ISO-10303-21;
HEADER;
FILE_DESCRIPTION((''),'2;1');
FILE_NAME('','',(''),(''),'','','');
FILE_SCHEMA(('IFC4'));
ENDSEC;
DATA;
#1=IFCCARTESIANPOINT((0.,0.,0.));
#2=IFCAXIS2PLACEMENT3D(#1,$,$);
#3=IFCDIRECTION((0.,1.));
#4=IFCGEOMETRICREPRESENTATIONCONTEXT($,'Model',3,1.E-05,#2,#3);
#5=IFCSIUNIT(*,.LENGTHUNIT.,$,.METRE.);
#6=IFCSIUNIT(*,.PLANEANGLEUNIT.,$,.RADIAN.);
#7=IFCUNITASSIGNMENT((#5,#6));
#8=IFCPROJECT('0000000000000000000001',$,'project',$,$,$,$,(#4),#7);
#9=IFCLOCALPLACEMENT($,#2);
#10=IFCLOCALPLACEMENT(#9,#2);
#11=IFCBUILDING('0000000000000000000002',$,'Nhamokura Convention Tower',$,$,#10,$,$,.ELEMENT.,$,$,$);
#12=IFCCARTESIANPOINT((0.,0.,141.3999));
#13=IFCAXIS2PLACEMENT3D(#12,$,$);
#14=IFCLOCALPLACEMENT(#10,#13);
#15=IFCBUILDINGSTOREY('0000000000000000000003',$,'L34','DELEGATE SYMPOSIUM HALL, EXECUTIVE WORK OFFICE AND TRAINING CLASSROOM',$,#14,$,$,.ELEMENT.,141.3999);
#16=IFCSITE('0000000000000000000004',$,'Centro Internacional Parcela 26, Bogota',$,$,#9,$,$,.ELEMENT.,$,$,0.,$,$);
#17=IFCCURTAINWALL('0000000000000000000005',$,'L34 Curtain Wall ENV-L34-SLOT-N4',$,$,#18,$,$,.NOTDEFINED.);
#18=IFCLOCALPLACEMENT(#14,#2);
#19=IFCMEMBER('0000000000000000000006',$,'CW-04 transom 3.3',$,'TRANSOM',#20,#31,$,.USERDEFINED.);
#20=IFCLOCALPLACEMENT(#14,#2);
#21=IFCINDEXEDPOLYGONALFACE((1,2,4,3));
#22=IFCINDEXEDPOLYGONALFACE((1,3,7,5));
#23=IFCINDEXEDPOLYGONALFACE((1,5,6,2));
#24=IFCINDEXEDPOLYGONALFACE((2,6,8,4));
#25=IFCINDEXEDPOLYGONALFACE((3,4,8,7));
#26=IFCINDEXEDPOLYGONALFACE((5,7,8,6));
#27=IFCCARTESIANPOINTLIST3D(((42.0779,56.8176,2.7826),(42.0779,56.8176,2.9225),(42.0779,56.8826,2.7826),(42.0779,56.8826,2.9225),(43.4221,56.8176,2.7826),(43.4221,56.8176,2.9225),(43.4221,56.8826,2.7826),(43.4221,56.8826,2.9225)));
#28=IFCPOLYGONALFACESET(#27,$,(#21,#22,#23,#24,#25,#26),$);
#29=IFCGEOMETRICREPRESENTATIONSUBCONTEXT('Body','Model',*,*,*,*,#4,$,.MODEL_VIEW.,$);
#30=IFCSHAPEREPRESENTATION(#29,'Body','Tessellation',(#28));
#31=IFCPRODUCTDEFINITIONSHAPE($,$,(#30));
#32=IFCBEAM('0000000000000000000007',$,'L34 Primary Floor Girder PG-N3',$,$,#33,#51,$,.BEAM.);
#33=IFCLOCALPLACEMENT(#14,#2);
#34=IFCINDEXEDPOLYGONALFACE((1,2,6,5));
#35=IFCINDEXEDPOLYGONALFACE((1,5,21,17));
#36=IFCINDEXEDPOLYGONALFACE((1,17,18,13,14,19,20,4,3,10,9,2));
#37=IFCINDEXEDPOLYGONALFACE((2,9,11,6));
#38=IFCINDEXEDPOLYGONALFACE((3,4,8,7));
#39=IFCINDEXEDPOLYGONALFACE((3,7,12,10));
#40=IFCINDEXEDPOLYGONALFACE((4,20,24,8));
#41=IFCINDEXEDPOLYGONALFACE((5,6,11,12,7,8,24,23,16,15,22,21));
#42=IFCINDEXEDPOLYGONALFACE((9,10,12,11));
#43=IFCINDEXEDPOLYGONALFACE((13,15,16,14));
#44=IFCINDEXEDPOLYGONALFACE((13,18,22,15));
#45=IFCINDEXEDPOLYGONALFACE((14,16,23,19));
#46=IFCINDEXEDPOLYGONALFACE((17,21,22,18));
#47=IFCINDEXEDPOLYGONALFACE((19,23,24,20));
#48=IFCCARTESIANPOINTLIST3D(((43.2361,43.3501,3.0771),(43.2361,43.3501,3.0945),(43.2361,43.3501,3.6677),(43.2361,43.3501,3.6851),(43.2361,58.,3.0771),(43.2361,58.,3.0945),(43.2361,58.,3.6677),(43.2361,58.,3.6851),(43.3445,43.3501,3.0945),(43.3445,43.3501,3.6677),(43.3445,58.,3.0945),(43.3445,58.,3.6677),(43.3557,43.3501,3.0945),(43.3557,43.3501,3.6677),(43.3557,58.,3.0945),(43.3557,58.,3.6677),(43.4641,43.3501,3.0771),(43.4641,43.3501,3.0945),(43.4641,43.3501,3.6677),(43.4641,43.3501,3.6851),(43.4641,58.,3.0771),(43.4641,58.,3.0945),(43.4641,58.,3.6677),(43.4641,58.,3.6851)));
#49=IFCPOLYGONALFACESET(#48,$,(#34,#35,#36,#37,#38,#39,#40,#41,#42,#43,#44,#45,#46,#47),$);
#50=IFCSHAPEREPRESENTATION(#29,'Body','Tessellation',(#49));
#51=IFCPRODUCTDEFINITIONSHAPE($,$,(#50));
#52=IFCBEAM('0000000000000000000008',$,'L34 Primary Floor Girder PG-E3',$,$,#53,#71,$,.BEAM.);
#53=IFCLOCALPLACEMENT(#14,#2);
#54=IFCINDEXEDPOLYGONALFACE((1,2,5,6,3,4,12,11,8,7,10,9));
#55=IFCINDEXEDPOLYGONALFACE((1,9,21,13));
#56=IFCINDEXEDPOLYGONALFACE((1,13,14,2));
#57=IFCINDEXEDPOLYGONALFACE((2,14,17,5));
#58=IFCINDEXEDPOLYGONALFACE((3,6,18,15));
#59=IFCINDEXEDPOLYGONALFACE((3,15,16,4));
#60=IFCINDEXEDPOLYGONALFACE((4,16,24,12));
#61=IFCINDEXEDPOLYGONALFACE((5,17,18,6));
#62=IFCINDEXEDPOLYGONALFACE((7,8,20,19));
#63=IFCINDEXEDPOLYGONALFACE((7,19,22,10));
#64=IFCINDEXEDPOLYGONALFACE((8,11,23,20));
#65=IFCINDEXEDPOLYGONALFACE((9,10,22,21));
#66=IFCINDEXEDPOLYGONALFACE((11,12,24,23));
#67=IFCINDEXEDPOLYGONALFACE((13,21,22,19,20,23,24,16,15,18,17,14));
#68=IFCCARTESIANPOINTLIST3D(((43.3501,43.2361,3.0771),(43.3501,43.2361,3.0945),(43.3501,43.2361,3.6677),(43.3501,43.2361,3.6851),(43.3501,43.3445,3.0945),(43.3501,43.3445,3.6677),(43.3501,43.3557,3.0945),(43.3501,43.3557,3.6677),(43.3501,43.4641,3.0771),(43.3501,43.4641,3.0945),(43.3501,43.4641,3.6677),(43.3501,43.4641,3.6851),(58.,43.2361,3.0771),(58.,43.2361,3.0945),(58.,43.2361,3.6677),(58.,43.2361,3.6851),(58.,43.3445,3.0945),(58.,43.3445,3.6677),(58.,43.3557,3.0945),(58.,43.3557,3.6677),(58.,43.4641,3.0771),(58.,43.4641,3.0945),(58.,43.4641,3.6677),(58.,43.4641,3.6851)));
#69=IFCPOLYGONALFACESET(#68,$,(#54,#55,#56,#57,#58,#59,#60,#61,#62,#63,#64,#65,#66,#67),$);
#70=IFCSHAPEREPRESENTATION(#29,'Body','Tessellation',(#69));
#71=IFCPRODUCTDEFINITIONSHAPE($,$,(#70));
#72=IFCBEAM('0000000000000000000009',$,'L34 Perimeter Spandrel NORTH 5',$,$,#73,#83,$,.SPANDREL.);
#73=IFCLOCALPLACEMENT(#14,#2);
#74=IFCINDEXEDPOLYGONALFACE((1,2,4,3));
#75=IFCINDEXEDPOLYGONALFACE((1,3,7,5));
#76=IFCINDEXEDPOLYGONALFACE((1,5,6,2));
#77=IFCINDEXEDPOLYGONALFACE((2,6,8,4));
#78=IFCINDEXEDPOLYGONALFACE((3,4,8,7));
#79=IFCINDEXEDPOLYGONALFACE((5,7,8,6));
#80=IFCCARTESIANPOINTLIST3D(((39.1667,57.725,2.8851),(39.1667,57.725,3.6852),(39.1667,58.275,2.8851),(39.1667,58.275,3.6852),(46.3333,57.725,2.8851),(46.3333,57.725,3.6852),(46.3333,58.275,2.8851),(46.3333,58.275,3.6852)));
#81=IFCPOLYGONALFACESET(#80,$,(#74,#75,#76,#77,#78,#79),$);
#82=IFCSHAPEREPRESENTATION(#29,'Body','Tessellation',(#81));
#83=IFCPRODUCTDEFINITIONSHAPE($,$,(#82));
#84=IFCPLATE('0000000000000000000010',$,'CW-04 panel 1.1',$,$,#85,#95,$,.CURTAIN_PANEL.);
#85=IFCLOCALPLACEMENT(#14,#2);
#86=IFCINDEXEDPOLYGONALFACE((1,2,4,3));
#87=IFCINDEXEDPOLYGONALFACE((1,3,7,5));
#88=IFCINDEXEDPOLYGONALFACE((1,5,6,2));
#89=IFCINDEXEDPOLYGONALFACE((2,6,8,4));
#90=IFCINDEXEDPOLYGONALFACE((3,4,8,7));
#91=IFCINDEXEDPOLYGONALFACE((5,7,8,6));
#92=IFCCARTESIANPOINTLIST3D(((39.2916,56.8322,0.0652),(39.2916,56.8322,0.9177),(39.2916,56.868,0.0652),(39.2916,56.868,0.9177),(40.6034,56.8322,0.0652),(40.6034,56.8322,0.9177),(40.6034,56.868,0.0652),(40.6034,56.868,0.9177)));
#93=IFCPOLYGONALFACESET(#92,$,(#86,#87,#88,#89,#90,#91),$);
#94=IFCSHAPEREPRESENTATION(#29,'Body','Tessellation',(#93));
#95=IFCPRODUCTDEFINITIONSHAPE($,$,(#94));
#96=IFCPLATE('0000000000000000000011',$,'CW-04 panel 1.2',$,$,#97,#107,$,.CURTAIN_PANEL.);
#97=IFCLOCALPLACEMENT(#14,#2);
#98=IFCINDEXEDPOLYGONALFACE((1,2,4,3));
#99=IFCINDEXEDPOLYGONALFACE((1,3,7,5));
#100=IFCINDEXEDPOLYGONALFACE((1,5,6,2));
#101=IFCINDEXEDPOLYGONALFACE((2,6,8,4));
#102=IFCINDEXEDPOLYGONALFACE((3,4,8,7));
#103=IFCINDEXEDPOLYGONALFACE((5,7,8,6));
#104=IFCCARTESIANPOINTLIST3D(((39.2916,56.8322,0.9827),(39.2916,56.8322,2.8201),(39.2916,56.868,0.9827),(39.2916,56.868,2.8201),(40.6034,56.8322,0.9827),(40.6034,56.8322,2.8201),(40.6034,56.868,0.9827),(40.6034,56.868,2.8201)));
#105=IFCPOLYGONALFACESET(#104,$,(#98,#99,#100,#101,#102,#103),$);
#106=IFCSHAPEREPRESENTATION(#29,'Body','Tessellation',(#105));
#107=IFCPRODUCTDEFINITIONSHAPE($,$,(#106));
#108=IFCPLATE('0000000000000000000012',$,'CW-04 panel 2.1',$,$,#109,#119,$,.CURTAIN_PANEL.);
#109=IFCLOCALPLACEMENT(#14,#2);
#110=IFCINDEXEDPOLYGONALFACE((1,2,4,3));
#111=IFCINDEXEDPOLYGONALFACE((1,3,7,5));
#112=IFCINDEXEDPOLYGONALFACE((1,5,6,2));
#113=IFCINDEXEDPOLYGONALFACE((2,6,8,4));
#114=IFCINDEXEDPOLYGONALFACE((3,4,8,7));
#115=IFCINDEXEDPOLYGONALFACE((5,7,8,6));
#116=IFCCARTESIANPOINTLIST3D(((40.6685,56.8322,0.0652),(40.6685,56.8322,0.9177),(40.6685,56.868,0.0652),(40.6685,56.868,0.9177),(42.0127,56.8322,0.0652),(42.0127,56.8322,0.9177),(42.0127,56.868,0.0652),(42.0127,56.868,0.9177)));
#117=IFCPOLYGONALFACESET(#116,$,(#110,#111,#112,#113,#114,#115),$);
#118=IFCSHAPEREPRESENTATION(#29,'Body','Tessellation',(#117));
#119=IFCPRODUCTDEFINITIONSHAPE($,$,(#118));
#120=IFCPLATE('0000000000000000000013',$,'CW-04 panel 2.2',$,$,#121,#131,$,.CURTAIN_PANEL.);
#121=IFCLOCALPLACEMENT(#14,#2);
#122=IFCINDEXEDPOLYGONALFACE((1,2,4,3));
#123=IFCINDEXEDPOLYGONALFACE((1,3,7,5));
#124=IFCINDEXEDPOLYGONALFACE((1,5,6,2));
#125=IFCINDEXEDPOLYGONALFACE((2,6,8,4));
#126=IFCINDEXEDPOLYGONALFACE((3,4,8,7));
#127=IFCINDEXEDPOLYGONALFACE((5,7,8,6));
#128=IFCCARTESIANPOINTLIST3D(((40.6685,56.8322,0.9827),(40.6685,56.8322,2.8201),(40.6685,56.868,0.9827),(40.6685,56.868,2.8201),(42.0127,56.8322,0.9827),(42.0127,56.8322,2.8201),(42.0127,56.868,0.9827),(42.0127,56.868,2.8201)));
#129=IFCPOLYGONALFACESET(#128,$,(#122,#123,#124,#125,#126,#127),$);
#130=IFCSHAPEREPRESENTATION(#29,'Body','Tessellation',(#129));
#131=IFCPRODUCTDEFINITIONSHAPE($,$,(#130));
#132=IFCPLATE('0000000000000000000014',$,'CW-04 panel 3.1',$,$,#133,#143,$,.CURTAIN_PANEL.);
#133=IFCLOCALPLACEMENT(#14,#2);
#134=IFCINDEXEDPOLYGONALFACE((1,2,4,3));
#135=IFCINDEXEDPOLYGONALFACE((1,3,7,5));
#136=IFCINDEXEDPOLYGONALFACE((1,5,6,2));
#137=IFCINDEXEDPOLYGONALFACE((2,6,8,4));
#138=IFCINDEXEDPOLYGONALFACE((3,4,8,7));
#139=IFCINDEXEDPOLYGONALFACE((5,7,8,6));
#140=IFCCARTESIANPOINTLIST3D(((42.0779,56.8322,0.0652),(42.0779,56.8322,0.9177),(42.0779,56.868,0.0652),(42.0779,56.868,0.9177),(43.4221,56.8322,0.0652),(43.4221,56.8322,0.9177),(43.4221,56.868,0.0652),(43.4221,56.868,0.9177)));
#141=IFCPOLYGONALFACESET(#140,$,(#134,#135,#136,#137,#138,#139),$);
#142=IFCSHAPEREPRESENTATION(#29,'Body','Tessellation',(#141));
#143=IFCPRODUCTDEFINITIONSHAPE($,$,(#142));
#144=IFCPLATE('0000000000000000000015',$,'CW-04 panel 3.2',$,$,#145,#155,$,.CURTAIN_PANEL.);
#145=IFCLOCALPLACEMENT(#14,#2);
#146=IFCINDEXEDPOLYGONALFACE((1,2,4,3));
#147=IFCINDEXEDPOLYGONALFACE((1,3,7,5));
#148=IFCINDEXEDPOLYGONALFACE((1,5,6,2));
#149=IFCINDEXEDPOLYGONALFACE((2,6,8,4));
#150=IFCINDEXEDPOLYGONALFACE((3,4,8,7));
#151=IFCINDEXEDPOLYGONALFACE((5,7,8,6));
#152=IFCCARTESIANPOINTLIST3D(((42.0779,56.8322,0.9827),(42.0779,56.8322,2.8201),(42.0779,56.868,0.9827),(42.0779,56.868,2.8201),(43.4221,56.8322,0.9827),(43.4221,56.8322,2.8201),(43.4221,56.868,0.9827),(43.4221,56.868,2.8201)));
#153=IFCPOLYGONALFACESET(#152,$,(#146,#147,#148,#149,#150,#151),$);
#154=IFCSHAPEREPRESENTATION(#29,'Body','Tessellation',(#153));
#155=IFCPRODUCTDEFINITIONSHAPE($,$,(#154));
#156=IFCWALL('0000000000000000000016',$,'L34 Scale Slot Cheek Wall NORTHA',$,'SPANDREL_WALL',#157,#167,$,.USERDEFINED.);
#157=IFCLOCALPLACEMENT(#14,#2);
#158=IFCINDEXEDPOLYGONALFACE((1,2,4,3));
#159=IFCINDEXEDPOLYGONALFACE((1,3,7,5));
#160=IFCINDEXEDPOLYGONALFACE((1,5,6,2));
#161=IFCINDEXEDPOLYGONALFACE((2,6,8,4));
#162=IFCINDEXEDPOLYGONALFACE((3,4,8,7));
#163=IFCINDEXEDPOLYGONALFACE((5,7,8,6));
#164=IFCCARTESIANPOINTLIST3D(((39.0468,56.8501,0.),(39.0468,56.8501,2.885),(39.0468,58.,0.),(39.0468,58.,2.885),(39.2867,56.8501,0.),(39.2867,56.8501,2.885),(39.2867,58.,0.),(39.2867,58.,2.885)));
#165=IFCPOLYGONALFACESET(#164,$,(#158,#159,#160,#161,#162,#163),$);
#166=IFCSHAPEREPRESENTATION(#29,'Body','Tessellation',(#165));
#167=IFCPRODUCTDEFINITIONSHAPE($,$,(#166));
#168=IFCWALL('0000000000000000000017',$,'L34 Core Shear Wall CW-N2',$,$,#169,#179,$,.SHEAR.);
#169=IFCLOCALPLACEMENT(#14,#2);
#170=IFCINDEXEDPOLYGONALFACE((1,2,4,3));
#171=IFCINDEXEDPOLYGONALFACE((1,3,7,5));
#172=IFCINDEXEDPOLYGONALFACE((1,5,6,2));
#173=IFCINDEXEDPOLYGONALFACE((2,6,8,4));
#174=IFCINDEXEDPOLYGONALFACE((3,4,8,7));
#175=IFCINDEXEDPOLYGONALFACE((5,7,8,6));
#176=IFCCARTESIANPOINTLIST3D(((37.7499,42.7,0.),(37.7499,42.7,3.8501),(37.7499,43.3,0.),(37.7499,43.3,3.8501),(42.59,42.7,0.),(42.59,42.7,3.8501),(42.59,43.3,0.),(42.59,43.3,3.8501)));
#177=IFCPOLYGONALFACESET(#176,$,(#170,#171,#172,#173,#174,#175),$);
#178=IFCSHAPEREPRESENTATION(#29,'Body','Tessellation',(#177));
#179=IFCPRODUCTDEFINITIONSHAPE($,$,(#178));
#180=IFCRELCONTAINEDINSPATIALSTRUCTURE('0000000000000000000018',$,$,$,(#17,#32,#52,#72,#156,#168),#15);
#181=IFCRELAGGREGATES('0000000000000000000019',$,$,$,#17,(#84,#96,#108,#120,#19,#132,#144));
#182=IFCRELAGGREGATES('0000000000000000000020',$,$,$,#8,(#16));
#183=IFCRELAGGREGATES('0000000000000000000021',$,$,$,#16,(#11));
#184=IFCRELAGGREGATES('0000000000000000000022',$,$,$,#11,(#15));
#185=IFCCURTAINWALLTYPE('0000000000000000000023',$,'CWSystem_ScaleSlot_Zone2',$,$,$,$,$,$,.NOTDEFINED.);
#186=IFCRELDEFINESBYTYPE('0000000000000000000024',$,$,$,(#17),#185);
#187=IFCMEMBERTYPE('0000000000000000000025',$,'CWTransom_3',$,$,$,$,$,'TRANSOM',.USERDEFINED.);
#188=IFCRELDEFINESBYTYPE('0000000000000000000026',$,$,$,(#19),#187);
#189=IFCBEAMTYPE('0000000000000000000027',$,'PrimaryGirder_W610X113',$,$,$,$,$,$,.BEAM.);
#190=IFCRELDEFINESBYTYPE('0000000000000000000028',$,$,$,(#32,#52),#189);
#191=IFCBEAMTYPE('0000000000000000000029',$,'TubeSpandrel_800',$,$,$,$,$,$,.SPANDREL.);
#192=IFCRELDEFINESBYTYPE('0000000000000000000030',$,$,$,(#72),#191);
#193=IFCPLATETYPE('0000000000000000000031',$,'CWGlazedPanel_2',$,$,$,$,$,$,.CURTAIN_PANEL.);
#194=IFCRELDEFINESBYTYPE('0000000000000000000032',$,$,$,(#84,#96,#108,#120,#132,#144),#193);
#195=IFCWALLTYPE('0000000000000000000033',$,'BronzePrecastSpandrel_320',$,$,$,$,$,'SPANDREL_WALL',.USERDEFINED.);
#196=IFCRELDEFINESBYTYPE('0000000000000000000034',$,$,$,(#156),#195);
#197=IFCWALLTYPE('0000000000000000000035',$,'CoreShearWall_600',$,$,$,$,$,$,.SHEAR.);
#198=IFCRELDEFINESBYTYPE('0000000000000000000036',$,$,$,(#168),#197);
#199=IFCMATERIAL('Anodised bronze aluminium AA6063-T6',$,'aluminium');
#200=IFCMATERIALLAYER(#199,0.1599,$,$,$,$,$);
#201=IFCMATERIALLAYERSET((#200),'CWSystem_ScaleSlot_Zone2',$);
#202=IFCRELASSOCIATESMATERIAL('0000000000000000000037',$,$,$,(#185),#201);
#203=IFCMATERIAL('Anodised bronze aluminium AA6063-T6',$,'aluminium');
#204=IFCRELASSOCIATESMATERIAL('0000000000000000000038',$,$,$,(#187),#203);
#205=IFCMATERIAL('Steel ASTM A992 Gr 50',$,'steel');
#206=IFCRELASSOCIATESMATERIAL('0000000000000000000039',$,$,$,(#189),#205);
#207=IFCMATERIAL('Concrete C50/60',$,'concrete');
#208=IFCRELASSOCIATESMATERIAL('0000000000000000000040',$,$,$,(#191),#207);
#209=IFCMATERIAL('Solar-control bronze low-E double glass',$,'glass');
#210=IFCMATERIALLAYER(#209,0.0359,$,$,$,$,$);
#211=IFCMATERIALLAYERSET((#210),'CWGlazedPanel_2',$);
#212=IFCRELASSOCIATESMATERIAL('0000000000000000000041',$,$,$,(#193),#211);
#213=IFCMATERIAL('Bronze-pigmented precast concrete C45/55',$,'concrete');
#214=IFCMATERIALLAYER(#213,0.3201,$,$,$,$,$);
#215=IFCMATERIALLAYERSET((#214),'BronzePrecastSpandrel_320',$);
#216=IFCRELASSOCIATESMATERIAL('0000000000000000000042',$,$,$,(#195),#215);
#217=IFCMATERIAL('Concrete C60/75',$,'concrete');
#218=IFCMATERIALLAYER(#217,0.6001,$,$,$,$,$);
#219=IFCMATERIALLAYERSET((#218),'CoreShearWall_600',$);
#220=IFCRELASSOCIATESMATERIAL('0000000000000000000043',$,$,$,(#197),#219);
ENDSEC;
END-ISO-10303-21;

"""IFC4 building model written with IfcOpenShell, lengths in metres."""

from ifc_helpers import new_model, si_unit, direction, frame, frame_2d, origin, origin_2d, place, context, subcontext, project, spatial, rectangle, i_section, extrude, material, layer, layer_set, material_profile, profile_set, type_object, element, aggregate, save


model = new_model("IFC4")

# Units and contexts
model_context = context("Model", 3, precision=1e-05, world=origin(), true_north=direction((0.0, 1.0)))
body_context = subcontext(model_context, "Body", "Model", "MODEL_VIEW")
ifc_project = project(units=[si_unit("LENGTHUNIT", "METRE"), si_unit("PLANEANGLEUNIT", "RADIAN")], contexts=[model_context])

# Site, building, storey
site_placement = place(None, origin())
site = spatial("IfcSite", under=ifc_project, at=site_placement, Name="Centro Internacional Parcela 26, Bogota", CompositionType="ELEMENT", RefElevation=0.0)
building_placement = place(site_placement, origin())
building = spatial("IfcBuilding", under=site, at=building_placement, Name="Nhamokura Convention Tower", CompositionType="ELEMENT")
storey_placement = place(building_placement, frame((0.0, 0.0, 141.3999)))
storey = spatial("IfcBuildingStorey", under=building, at=storey_placement, Name="L34", Description="DELEGATE SYMPOSIUM HALL, EXECUTIVE WORK OFFICE AND TRAINING CLASSROOM", CompositionType="ELEMENT", Elevation=141.3999)

# Curtain wall, member
ifc_material_1 = material(Name="Anodised bronze aluminium AA6063-T6", Category="aluminium")
ifc_layer_1 = layer(ifc_material_1, 0.1599)
ifc_layer_set_1 = layer_set([ifc_layer_1], Name="CWSystem_ScaleSlot_Zone2")
curtain_wall_type = type_object("IfcCurtainWallType", Name="CWSystem_ScaleSlot_Zone2", PredefinedType="NOTDEFINED", material=ifc_layer_set_1)
curtain_wall_placement = place(storey_placement, origin())
curtain_wall = element("IfcCurtainWall", 1, at=curtain_wall_placement, inside=storey, type_object=curtain_wall_type, Name="L34 Curtain Wall ENV-L34-SLOT-N4", PredefinedType="NOTDEFINED")
ifc_material_2 = material(Name="Anodised bronze aluminium AA6063-T6", Category="aluminium")
ifc_material_profile_1 = material_profile(ifc_material_2, rectangle(XDim=0.0649, YDim=0.1399, at=origin_2d()))
ifc_profile_set_1 = profile_set([ifc_material_profile_1], Name="Anodised bronze aluminium AA6063-T6")
member_type_1 = type_object("IfcMemberType", Name="CWTransom_3", ElementType="TRANSOM", PredefinedType="USERDEFINED", material=ifc_profile_set_1)
member_1_placement = place(storey_placement, frame((42.0779, 56.8501, 2.8525), z_axis=(1.0, 0.0, 0.0), x_axis=(0.0, 1.0, 0.0)))
member_1 = element("IfcMember", 2, at=member_1_placement, type_object=member_type_1, Name="CW-04 transom 3.3", ObjectType="TRANSOM", PredefinedType="USERDEFINED", context=body_context, shape_type="SweptSolid", body=[
    extrude(rectangle(XDim=0.0649, YDim=0.1399, at=origin_2d()), origin(), (0.0, 0.0, 1.0), 1.3442),
])

# Beams
ifc_material_3 = material(Name="Steel ASTM A992 Gr 50", Category="steel")
ifc_material_profile_2 = material_profile(ifc_material_3, i_section(OverallWidth=0.228, OverallDepth=0.6079, WebThickness=0.0112, FlangeThickness=0.0173, at=origin_2d()))
ifc_profile_set_2 = profile_set([ifc_material_profile_2], Name="Steel ASTM A992 Gr 50")
beam_type_1 = type_object("IfcBeamType", Name="PrimaryGirder_W610X113", PredefinedType="BEAM", material=ifc_profile_set_2)
for number, where, z_axis, x_axis, name in (
    (3, (43.3501, 43.3501, 3.3811), (0.0, 1.0, 0.0), (-1.0, 0.0, 0.0), "L34 Primary Floor Girder PG-N3"),
    (4, (43.3501, 43.3501, 3.3811), (1.0, 0.0, 0.0), (0.0, 1.0, 0.0), "L34 Primary Floor Girder PG-E3"),
):
    element("IfcBeam", number, at=place(storey_placement, frame(where, z_axis=z_axis, x_axis=x_axis)), inside=storey, type_object=beam_type_1, Name=name, PredefinedType="BEAM", context=body_context, shape_type="SweptSolid", body=[
        extrude(i_section(OverallWidth=0.228, OverallDepth=0.6079, WebThickness=0.0112, FlangeThickness=0.0173, at=origin_2d()), origin(), (0.0, 0.0, 1.0), 14.6499),
    ])
ifc_material_4 = material(Name="Concrete C50/60", Category="concrete")
ifc_material_profile_3 = material_profile(ifc_material_4, rectangle(XDim=0.55, YDim=0.8, at=origin_2d()))
ifc_profile_set_3 = profile_set([ifc_material_profile_3], Name="Concrete C50/60")
beam_type_2 = type_object("IfcBeamType", Name="TubeSpandrel_800", PredefinedType="SPANDREL", material=ifc_profile_set_3)
beam_placement = place(storey_placement, frame((39.1667, 58.0, 3.2852), z_axis=(1.0, 0.0, 0.0), x_axis=(0.0, 1.0, 0.0)))
element("IfcBeam", 5, at=beam_placement, inside=storey, type_object=beam_type_2, Name="L34 Perimeter Spandrel NORTH 5", PredefinedType="SPANDREL", context=body_context, shape_type="SweptSolid", body=[
    extrude(rectangle(XDim=0.55, YDim=0.8, at=origin_2d()), origin(), (0.0, 0.0, 1.0), 7.1665),
])

# Plates
ifc_material_5 = material(Name="Solar-control bronze low-E double glass", Category="glass")
ifc_layer_2 = layer(ifc_material_5, 0.0359)
ifc_layer_set_2 = layer_set([ifc_layer_2], Name="CWGlazedPanel_2")
plate_type = type_object("IfcPlateType", Name="CWGlazedPanel_2", PredefinedType="CURTAIN_PANEL", material=ifc_layer_set_2)
plate_1_placement = place(storey_placement, frame((39.9475, 56.8501, 0.0652), z_axis=(0.0, 0.0, 1.0), x_axis=(1.0, 0.0, 0.0)))
plate_1 = element("IfcPlate", 6, at=plate_1_placement, type_object=plate_type, Name="CW-04 panel 1.1", PredefinedType="CURTAIN_PANEL", context=body_context, shape_type="SweptSolid", body=[
    extrude(rectangle(XDim=1.3118, YDim=0.0359, at=origin_2d()), origin(), (0.0, 0.0, 1.0), 0.8525),
])
plate_2_placement = place(storey_placement, frame((39.9475, 56.8501, 0.9827), z_axis=(0.0, 0.0, 1.0), x_axis=(1.0, 0.0, 0.0)))
plate_2 = element("IfcPlate", 7, at=plate_2_placement, type_object=plate_type, Name="CW-04 panel 1.2", PredefinedType="CURTAIN_PANEL", context=body_context, shape_type="SweptSolid", body=[
    extrude(rectangle(XDim=1.3118, YDim=0.0359, at=origin_2d()), origin(), (0.0, 0.0, 1.0), 1.8374),
])
plate_3_placement = place(storey_placement, frame((41.3406, 56.8501, 0.0652), z_axis=(0.0, 0.0, 1.0), x_axis=(1.0, 0.0, 0.0)))
plate_3 = element("IfcPlate", 8, at=plate_3_placement, type_object=plate_type, Name="CW-04 panel 2.1", PredefinedType="CURTAIN_PANEL", context=body_context, shape_type="SweptSolid", body=[
    extrude(rectangle(XDim=1.3442, YDim=0.0359, at=origin_2d()), origin(), (0.0, 0.0, 1.0), 0.8525),
])
plate_4_placement = place(storey_placement, frame((41.3406, 56.8501, 0.9827), z_axis=(0.0, 0.0, 1.0), x_axis=(1.0, 0.0, 0.0)))
plate_4 = element("IfcPlate", 9, at=plate_4_placement, type_object=plate_type, Name="CW-04 panel 2.2", PredefinedType="CURTAIN_PANEL", context=body_context, shape_type="SweptSolid", body=[
    extrude(rectangle(XDim=1.3442, YDim=0.0359, at=origin_2d()), origin(), (0.0, 0.0, 1.0), 1.8374),
])
plate_5_placement = place(storey_placement, frame((42.75, 56.8501, 0.0652), z_axis=(0.0, 0.0, 1.0), x_axis=(1.0, 0.0, 0.0)))
plate_5 = element("IfcPlate", 10, at=plate_5_placement, type_object=plate_type, Name="CW-04 panel 3.1", PredefinedType="CURTAIN_PANEL", context=body_context, shape_type="SweptSolid", body=[
    extrude(rectangle(XDim=1.3442, YDim=0.0359, at=origin_2d()), origin(), (0.0, 0.0, 1.0), 0.8525),
])
plate_6_placement = place(storey_placement, frame((42.75, 56.8501, 0.9827), z_axis=(0.0, 0.0, 1.0), x_axis=(1.0, 0.0, 0.0)))
plate_6 = element("IfcPlate", 11, at=plate_6_placement, type_object=plate_type, Name="CW-04 panel 3.2", PredefinedType="CURTAIN_PANEL", context=body_context, shape_type="SweptSolid", body=[
    extrude(rectangle(XDim=1.3442, YDim=0.0359, at=origin_2d()), origin(), (0.0, 0.0, 1.0), 1.8374),
])
aggregate(curtain_wall, [plate_1, plate_2, plate_3, plate_4, member_1, plate_5, plate_6])

# Walls
ifc_material_6 = material(Name="Bronze-pigmented precast concrete C45/55", Category="concrete")
ifc_layer_3 = layer(ifc_material_6, 0.3201)
ifc_layer_set_3 = layer_set([ifc_layer_3], Name="BronzePrecastSpandrel_320")
wall_type_1 = type_object("IfcWallType", Name="BronzePrecastSpandrel_320", ElementType="SPANDREL_WALL", PredefinedType="USERDEFINED", material=ifc_layer_set_3)
wall_1_placement = place(storey_placement, frame((39.1667, 58.0, 0.0), z_axis=(0.0, 0.0, 1.0), x_axis=(0.0, -1.0, 0.0)))
element("IfcWall", 12, at=wall_1_placement, inside=storey, type_object=wall_type_1, Name="L34 Scale Slot Cheek Wall NORTHA", ObjectType="SPANDREL_WALL", PredefinedType="USERDEFINED", context=body_context, shape_type="SweptSolid", body=[
    extrude(rectangle(XDim=1.1499, YDim=0.24, at=frame_2d((0.575, 0.0))), origin(), (0.0, 0.0, 1.0), 2.885),
])
ifc_material_7 = material(Name="Concrete C60/75", Category="concrete")
ifc_layer_4 = layer(ifc_material_7, 0.6001)
ifc_layer_set_4 = layer_set([ifc_layer_4], Name="CoreShearWall_600")
wall_type_2 = type_object("IfcWallType", Name="CoreShearWall_600", PredefinedType="SHEAR", material=ifc_layer_set_4)
wall_2_placement = place(storey_placement, frame((37.75, 43.0, 0.0), z_axis=(0.0, 0.0, 1.0), x_axis=(1.0, 0.0, 0.0)))
element("IfcWall", 13, at=wall_2_placement, inside=storey, type_object=wall_type_2, Name="L34 Core Shear Wall CW-N2", PredefinedType="SHEAR", context=body_context, shape_type="SweptSolid", body=[
    extrude(rectangle(XDim=4.8401, YDim=0.6001, at=frame_2d((2.4199, 0.0))), origin(), (0.0, 0.0, 1.0), 3.8501),
])

save(model, "model.ifc")
